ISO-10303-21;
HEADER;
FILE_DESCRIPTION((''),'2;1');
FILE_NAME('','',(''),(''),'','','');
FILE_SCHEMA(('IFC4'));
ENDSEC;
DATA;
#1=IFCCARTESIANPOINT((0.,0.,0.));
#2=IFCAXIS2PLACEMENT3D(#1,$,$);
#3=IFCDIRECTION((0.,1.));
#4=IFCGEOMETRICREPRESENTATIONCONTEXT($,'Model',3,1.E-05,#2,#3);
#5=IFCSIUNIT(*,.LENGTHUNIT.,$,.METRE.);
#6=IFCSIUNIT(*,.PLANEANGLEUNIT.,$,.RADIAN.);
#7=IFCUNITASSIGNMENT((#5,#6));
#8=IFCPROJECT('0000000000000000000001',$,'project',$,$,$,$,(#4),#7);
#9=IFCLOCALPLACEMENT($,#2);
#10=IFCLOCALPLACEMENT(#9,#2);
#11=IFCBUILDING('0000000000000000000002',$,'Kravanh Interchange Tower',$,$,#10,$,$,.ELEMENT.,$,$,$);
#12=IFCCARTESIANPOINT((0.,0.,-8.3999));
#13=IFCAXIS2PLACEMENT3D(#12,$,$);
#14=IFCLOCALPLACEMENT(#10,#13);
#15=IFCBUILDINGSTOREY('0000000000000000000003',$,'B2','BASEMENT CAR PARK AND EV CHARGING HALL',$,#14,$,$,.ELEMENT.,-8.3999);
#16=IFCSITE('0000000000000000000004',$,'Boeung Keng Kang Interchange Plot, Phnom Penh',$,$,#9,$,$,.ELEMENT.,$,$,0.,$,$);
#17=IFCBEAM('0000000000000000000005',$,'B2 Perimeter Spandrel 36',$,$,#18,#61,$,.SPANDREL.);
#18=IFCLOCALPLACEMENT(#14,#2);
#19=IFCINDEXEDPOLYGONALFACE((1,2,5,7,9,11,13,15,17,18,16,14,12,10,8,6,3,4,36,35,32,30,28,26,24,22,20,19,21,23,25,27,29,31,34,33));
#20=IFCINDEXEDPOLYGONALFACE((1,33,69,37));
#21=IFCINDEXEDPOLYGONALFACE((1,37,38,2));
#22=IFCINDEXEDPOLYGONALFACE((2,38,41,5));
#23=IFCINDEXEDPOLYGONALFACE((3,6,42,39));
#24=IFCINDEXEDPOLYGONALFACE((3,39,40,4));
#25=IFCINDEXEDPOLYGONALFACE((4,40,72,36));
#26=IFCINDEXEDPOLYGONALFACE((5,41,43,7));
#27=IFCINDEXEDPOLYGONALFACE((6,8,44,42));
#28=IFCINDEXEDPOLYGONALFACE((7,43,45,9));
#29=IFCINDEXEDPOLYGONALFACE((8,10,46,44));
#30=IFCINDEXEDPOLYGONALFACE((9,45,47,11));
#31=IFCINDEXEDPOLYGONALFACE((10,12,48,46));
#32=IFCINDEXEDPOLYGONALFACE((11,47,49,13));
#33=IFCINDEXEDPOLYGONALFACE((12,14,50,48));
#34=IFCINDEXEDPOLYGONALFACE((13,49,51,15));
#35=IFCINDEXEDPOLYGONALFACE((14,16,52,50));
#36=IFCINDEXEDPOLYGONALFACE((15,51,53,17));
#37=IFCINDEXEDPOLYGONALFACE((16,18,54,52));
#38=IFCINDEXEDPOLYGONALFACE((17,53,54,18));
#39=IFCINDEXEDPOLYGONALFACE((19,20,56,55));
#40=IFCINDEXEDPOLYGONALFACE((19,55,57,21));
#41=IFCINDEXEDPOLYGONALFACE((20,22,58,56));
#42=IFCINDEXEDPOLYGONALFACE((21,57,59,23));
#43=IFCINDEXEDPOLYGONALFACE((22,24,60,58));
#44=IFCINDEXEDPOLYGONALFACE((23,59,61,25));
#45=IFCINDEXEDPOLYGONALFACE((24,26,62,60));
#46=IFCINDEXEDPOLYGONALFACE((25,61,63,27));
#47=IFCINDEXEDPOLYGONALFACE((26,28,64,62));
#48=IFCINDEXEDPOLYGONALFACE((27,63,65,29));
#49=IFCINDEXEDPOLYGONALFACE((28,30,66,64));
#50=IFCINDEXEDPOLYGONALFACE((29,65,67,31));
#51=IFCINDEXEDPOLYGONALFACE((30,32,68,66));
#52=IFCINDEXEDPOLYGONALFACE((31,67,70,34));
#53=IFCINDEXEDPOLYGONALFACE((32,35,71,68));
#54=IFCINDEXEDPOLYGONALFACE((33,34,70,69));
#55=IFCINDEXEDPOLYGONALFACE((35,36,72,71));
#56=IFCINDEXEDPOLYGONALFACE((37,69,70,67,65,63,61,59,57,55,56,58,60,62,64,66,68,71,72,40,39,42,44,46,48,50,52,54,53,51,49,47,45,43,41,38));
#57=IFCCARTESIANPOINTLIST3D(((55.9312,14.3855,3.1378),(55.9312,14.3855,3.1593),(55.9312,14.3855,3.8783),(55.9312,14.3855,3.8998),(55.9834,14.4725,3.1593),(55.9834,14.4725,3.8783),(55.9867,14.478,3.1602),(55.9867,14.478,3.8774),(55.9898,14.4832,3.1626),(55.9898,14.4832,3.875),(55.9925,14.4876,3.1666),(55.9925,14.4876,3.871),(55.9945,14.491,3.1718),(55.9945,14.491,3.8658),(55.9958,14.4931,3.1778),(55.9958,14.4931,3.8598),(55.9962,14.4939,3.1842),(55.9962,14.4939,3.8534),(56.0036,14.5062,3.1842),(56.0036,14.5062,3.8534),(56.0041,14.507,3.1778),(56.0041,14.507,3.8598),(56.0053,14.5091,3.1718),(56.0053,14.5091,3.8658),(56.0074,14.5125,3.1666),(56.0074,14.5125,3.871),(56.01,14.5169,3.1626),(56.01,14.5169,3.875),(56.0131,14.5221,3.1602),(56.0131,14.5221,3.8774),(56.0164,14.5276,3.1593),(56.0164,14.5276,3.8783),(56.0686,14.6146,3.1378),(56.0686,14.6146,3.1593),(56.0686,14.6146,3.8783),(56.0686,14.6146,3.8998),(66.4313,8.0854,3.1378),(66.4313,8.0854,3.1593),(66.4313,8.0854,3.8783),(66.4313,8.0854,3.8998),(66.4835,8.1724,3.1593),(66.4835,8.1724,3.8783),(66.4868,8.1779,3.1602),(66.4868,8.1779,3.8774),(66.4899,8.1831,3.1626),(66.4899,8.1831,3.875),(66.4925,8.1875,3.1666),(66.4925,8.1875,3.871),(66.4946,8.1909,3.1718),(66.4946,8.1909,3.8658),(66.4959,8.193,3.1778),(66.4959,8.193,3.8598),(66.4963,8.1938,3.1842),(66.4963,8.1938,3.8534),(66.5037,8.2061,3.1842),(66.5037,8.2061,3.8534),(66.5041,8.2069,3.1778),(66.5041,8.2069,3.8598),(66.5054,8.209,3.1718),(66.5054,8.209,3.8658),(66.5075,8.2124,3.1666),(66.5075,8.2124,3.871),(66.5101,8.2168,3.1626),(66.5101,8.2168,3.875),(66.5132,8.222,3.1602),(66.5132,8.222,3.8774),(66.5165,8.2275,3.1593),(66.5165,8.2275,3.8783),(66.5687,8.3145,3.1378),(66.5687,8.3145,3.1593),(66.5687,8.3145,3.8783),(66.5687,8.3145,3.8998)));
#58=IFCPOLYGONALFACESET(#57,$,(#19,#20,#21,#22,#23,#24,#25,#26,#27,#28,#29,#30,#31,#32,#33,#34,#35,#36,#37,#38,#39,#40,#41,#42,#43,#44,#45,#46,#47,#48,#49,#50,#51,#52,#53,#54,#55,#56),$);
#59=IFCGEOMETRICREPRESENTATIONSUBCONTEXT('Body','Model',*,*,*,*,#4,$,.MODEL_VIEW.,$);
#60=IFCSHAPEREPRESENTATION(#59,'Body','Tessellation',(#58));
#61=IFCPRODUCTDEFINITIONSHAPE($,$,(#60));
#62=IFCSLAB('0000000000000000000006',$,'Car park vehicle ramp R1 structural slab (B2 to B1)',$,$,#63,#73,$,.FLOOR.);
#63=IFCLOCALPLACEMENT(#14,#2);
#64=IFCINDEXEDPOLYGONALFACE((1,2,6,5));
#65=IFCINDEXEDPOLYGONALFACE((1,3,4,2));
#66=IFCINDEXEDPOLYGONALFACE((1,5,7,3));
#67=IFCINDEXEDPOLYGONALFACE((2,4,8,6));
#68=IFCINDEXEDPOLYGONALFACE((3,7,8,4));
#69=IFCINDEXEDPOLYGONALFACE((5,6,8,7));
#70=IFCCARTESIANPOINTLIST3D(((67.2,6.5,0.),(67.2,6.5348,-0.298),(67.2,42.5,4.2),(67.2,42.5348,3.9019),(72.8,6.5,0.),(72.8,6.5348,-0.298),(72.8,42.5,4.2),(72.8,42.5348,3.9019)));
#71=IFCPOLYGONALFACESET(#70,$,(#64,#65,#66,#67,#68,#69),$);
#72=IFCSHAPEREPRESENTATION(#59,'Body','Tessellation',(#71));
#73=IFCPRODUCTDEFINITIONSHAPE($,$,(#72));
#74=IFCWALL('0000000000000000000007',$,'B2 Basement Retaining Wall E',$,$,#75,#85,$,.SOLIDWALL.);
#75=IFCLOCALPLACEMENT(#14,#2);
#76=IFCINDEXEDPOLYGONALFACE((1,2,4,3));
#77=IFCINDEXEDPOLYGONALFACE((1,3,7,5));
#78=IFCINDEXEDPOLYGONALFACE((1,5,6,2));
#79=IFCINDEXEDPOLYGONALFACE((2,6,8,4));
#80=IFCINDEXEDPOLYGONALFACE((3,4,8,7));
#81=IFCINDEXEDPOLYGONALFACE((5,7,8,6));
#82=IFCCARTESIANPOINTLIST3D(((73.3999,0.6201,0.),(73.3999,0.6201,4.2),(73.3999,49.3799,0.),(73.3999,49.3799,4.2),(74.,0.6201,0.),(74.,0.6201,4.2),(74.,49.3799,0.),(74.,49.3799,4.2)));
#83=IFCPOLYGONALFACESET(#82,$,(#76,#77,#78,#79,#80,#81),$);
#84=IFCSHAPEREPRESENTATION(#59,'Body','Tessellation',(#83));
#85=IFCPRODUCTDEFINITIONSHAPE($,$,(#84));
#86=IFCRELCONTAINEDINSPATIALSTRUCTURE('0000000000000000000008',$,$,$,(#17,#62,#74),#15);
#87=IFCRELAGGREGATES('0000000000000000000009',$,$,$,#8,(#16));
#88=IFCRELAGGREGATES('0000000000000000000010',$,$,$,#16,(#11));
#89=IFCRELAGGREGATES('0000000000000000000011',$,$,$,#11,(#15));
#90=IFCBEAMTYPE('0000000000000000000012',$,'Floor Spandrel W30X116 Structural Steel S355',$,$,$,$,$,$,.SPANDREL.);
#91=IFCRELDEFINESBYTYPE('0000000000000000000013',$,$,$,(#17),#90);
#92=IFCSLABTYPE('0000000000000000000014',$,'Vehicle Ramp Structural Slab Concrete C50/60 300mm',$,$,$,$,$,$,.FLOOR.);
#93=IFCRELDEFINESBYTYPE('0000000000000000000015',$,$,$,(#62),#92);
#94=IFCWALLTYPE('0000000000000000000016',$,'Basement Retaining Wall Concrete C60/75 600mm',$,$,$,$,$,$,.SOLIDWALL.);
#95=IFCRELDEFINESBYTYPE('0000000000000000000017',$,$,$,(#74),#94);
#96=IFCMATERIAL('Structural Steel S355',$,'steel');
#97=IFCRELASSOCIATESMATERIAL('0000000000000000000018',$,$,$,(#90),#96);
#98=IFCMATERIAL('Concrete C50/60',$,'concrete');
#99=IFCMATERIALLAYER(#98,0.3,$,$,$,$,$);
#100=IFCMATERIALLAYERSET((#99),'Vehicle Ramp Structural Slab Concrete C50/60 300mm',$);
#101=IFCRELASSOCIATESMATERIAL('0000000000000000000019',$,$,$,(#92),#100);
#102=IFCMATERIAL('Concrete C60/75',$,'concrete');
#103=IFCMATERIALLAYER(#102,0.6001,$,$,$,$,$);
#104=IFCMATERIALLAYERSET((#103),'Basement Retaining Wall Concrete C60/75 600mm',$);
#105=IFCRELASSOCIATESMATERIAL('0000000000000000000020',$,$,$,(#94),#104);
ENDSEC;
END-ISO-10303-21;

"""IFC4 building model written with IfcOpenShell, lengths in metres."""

from ifc_helpers import new_model, si_unit, direction, frame, frame_2d, origin, origin_2d, place, context, subcontext, project, spatial, polyline, rectangle, i_section, outline, extrude, material, layer, layer_set, material_profile, profile_set, type_object, element, save


model = new_model("IFC4")

# Units and contexts
model_context = context("Model", 3, precision=1e-05, world=origin(), true_north=direction((0.0, 1.0)))
body_context = subcontext(model_context, "Body", "Model", "MODEL_VIEW")
ifc_project = project(units=[si_unit("LENGTHUNIT", "METRE"), si_unit("PLANEANGLEUNIT", "RADIAN")], contexts=[model_context])

# Site, building, storey
site_placement = place(None, origin())
site = spatial("IfcSite", under=ifc_project, at=site_placement, Name="Boeung Keng Kang Interchange Plot, Phnom Penh", CompositionType="ELEMENT", RefElevation=0.0)
building_placement = place(site_placement, origin())
building = spatial("IfcBuilding", under=site, at=building_placement, Name="Kravanh Interchange Tower", CompositionType="ELEMENT")
storey_placement = place(building_placement, frame((0.0, 0.0, -8.3999)))
storey = spatial("IfcBuildingStorey", under=building, at=storey_placement, Name="B2", Description="BASEMENT CAR PARK AND EV CHARGING HALL", CompositionType="ELEMENT", Elevation=-8.3999)

# Beam
ifc_material_1 = material(Name="Structural Steel S355", Category="steel")
ifc_material_profile_1 = material_profile(ifc_material_1, i_section(OverallWidth=0.2671, OverallDepth=0.762, WebThickness=0.0144, FlangeThickness=0.0215, FilletRadius=0.0249, at=origin_2d()), Name="W30X116")
ifc_profile_set_1 = profile_set([ifc_material_profile_1], Name="Structural Steel S355")
beam_type_1 = type_object("IfcBeamType", Name="Floor Spandrel W30X116 Structural Steel S355", PredefinedType="SPANDREL", material=ifc_profile_set_1)
beam_1_placement = place(storey_placement, frame((66.5, 8.2, 3.5188), z_axis=(-0.857491, 0.514499, 0.0), x_axis=(-0.514499, -0.857491, 0.0)))
element("IfcBeam", 1, at=beam_1_placement, inside=storey, type_object=beam_type_1, Name="B2 Perimeter Spandrel 36", PredefinedType="SPANDREL", context=body_context, shape_type="SweptSolid", body=[
    extrude(i_section(OverallWidth=0.2671, OverallDepth=0.762, WebThickness=0.0144, FlangeThickness=0.0215, FilletRadius=0.0249, at=origin_2d()), origin(), (0.0, 0.0, 1.0), 12.2451),
])

# Slab
ifc_material_2 = material(Name="Concrete C50/60", Category="concrete")
ifc_layer_1 = layer(ifc_material_2, 0.3)
ifc_layer_set_1 = layer_set([ifc_layer_1], Name="Vehicle Ramp Structural Slab Concrete C50/60 300mm")
slab_type = type_object("IfcSlabType", Name="Vehicle Ramp Structural Slab Concrete C50/60 300mm", PredefinedType="FLOOR", material=ifc_layer_set_1)
slab_placement = place(storey_placement, frame((67.2, 6.5, 0.0), z_axis=(0.0, -0.115879, 0.993263), x_axis=(1.0, 0.0, 0.0)))
element("IfcSlab", 2, at=slab_placement, inside=storey, type_object=slab_type, Name="Car park vehicle ramp R1 structural slab (B2 to B1)", PredefinedType="FLOOR", context=body_context, shape_type="SweptSolid", body=[
    extrude(outline(polyline([(0.0, 0.0), (5.6001, 0.0), (5.6001, 36.2442), (0.0, 36.2442), (0.0, 0.0)])), origin(), (0.0, 0.0, -1.0), 0.3),
])

# Wall
ifc_material_3 = material(Name="Concrete C60/75", Category="concrete")
ifc_layer_2 = layer(ifc_material_3, 0.6001)
ifc_layer_set_2 = layer_set([ifc_layer_2], Name="Basement Retaining Wall Concrete C60/75 600mm")
wall_type = type_object("IfcWallType", Name="Basement Retaining Wall Concrete C60/75 600mm", PredefinedType="SOLIDWALL", material=ifc_layer_set_2)
wall_placement = place(storey_placement, frame((73.7, 0.6201, 0.0), z_axis=(0.0, 0.0, 1.0), x_axis=(0.0, 1.0, 0.0)))
element("IfcWall", 3, at=wall_placement, inside=storey, type_object=wall_type, Name="B2 Basement Retaining Wall E", PredefinedType="SOLIDWALL", context=body_context, shape_type="SweptSolid", body=[
    extrude(rectangle(XDim=48.7598, YDim=0.6001, at=frame_2d((24.3799, 0.0))), origin(), (0.0, 0.0, 1.0), 4.2),
])

save(model, "model.ifc")
